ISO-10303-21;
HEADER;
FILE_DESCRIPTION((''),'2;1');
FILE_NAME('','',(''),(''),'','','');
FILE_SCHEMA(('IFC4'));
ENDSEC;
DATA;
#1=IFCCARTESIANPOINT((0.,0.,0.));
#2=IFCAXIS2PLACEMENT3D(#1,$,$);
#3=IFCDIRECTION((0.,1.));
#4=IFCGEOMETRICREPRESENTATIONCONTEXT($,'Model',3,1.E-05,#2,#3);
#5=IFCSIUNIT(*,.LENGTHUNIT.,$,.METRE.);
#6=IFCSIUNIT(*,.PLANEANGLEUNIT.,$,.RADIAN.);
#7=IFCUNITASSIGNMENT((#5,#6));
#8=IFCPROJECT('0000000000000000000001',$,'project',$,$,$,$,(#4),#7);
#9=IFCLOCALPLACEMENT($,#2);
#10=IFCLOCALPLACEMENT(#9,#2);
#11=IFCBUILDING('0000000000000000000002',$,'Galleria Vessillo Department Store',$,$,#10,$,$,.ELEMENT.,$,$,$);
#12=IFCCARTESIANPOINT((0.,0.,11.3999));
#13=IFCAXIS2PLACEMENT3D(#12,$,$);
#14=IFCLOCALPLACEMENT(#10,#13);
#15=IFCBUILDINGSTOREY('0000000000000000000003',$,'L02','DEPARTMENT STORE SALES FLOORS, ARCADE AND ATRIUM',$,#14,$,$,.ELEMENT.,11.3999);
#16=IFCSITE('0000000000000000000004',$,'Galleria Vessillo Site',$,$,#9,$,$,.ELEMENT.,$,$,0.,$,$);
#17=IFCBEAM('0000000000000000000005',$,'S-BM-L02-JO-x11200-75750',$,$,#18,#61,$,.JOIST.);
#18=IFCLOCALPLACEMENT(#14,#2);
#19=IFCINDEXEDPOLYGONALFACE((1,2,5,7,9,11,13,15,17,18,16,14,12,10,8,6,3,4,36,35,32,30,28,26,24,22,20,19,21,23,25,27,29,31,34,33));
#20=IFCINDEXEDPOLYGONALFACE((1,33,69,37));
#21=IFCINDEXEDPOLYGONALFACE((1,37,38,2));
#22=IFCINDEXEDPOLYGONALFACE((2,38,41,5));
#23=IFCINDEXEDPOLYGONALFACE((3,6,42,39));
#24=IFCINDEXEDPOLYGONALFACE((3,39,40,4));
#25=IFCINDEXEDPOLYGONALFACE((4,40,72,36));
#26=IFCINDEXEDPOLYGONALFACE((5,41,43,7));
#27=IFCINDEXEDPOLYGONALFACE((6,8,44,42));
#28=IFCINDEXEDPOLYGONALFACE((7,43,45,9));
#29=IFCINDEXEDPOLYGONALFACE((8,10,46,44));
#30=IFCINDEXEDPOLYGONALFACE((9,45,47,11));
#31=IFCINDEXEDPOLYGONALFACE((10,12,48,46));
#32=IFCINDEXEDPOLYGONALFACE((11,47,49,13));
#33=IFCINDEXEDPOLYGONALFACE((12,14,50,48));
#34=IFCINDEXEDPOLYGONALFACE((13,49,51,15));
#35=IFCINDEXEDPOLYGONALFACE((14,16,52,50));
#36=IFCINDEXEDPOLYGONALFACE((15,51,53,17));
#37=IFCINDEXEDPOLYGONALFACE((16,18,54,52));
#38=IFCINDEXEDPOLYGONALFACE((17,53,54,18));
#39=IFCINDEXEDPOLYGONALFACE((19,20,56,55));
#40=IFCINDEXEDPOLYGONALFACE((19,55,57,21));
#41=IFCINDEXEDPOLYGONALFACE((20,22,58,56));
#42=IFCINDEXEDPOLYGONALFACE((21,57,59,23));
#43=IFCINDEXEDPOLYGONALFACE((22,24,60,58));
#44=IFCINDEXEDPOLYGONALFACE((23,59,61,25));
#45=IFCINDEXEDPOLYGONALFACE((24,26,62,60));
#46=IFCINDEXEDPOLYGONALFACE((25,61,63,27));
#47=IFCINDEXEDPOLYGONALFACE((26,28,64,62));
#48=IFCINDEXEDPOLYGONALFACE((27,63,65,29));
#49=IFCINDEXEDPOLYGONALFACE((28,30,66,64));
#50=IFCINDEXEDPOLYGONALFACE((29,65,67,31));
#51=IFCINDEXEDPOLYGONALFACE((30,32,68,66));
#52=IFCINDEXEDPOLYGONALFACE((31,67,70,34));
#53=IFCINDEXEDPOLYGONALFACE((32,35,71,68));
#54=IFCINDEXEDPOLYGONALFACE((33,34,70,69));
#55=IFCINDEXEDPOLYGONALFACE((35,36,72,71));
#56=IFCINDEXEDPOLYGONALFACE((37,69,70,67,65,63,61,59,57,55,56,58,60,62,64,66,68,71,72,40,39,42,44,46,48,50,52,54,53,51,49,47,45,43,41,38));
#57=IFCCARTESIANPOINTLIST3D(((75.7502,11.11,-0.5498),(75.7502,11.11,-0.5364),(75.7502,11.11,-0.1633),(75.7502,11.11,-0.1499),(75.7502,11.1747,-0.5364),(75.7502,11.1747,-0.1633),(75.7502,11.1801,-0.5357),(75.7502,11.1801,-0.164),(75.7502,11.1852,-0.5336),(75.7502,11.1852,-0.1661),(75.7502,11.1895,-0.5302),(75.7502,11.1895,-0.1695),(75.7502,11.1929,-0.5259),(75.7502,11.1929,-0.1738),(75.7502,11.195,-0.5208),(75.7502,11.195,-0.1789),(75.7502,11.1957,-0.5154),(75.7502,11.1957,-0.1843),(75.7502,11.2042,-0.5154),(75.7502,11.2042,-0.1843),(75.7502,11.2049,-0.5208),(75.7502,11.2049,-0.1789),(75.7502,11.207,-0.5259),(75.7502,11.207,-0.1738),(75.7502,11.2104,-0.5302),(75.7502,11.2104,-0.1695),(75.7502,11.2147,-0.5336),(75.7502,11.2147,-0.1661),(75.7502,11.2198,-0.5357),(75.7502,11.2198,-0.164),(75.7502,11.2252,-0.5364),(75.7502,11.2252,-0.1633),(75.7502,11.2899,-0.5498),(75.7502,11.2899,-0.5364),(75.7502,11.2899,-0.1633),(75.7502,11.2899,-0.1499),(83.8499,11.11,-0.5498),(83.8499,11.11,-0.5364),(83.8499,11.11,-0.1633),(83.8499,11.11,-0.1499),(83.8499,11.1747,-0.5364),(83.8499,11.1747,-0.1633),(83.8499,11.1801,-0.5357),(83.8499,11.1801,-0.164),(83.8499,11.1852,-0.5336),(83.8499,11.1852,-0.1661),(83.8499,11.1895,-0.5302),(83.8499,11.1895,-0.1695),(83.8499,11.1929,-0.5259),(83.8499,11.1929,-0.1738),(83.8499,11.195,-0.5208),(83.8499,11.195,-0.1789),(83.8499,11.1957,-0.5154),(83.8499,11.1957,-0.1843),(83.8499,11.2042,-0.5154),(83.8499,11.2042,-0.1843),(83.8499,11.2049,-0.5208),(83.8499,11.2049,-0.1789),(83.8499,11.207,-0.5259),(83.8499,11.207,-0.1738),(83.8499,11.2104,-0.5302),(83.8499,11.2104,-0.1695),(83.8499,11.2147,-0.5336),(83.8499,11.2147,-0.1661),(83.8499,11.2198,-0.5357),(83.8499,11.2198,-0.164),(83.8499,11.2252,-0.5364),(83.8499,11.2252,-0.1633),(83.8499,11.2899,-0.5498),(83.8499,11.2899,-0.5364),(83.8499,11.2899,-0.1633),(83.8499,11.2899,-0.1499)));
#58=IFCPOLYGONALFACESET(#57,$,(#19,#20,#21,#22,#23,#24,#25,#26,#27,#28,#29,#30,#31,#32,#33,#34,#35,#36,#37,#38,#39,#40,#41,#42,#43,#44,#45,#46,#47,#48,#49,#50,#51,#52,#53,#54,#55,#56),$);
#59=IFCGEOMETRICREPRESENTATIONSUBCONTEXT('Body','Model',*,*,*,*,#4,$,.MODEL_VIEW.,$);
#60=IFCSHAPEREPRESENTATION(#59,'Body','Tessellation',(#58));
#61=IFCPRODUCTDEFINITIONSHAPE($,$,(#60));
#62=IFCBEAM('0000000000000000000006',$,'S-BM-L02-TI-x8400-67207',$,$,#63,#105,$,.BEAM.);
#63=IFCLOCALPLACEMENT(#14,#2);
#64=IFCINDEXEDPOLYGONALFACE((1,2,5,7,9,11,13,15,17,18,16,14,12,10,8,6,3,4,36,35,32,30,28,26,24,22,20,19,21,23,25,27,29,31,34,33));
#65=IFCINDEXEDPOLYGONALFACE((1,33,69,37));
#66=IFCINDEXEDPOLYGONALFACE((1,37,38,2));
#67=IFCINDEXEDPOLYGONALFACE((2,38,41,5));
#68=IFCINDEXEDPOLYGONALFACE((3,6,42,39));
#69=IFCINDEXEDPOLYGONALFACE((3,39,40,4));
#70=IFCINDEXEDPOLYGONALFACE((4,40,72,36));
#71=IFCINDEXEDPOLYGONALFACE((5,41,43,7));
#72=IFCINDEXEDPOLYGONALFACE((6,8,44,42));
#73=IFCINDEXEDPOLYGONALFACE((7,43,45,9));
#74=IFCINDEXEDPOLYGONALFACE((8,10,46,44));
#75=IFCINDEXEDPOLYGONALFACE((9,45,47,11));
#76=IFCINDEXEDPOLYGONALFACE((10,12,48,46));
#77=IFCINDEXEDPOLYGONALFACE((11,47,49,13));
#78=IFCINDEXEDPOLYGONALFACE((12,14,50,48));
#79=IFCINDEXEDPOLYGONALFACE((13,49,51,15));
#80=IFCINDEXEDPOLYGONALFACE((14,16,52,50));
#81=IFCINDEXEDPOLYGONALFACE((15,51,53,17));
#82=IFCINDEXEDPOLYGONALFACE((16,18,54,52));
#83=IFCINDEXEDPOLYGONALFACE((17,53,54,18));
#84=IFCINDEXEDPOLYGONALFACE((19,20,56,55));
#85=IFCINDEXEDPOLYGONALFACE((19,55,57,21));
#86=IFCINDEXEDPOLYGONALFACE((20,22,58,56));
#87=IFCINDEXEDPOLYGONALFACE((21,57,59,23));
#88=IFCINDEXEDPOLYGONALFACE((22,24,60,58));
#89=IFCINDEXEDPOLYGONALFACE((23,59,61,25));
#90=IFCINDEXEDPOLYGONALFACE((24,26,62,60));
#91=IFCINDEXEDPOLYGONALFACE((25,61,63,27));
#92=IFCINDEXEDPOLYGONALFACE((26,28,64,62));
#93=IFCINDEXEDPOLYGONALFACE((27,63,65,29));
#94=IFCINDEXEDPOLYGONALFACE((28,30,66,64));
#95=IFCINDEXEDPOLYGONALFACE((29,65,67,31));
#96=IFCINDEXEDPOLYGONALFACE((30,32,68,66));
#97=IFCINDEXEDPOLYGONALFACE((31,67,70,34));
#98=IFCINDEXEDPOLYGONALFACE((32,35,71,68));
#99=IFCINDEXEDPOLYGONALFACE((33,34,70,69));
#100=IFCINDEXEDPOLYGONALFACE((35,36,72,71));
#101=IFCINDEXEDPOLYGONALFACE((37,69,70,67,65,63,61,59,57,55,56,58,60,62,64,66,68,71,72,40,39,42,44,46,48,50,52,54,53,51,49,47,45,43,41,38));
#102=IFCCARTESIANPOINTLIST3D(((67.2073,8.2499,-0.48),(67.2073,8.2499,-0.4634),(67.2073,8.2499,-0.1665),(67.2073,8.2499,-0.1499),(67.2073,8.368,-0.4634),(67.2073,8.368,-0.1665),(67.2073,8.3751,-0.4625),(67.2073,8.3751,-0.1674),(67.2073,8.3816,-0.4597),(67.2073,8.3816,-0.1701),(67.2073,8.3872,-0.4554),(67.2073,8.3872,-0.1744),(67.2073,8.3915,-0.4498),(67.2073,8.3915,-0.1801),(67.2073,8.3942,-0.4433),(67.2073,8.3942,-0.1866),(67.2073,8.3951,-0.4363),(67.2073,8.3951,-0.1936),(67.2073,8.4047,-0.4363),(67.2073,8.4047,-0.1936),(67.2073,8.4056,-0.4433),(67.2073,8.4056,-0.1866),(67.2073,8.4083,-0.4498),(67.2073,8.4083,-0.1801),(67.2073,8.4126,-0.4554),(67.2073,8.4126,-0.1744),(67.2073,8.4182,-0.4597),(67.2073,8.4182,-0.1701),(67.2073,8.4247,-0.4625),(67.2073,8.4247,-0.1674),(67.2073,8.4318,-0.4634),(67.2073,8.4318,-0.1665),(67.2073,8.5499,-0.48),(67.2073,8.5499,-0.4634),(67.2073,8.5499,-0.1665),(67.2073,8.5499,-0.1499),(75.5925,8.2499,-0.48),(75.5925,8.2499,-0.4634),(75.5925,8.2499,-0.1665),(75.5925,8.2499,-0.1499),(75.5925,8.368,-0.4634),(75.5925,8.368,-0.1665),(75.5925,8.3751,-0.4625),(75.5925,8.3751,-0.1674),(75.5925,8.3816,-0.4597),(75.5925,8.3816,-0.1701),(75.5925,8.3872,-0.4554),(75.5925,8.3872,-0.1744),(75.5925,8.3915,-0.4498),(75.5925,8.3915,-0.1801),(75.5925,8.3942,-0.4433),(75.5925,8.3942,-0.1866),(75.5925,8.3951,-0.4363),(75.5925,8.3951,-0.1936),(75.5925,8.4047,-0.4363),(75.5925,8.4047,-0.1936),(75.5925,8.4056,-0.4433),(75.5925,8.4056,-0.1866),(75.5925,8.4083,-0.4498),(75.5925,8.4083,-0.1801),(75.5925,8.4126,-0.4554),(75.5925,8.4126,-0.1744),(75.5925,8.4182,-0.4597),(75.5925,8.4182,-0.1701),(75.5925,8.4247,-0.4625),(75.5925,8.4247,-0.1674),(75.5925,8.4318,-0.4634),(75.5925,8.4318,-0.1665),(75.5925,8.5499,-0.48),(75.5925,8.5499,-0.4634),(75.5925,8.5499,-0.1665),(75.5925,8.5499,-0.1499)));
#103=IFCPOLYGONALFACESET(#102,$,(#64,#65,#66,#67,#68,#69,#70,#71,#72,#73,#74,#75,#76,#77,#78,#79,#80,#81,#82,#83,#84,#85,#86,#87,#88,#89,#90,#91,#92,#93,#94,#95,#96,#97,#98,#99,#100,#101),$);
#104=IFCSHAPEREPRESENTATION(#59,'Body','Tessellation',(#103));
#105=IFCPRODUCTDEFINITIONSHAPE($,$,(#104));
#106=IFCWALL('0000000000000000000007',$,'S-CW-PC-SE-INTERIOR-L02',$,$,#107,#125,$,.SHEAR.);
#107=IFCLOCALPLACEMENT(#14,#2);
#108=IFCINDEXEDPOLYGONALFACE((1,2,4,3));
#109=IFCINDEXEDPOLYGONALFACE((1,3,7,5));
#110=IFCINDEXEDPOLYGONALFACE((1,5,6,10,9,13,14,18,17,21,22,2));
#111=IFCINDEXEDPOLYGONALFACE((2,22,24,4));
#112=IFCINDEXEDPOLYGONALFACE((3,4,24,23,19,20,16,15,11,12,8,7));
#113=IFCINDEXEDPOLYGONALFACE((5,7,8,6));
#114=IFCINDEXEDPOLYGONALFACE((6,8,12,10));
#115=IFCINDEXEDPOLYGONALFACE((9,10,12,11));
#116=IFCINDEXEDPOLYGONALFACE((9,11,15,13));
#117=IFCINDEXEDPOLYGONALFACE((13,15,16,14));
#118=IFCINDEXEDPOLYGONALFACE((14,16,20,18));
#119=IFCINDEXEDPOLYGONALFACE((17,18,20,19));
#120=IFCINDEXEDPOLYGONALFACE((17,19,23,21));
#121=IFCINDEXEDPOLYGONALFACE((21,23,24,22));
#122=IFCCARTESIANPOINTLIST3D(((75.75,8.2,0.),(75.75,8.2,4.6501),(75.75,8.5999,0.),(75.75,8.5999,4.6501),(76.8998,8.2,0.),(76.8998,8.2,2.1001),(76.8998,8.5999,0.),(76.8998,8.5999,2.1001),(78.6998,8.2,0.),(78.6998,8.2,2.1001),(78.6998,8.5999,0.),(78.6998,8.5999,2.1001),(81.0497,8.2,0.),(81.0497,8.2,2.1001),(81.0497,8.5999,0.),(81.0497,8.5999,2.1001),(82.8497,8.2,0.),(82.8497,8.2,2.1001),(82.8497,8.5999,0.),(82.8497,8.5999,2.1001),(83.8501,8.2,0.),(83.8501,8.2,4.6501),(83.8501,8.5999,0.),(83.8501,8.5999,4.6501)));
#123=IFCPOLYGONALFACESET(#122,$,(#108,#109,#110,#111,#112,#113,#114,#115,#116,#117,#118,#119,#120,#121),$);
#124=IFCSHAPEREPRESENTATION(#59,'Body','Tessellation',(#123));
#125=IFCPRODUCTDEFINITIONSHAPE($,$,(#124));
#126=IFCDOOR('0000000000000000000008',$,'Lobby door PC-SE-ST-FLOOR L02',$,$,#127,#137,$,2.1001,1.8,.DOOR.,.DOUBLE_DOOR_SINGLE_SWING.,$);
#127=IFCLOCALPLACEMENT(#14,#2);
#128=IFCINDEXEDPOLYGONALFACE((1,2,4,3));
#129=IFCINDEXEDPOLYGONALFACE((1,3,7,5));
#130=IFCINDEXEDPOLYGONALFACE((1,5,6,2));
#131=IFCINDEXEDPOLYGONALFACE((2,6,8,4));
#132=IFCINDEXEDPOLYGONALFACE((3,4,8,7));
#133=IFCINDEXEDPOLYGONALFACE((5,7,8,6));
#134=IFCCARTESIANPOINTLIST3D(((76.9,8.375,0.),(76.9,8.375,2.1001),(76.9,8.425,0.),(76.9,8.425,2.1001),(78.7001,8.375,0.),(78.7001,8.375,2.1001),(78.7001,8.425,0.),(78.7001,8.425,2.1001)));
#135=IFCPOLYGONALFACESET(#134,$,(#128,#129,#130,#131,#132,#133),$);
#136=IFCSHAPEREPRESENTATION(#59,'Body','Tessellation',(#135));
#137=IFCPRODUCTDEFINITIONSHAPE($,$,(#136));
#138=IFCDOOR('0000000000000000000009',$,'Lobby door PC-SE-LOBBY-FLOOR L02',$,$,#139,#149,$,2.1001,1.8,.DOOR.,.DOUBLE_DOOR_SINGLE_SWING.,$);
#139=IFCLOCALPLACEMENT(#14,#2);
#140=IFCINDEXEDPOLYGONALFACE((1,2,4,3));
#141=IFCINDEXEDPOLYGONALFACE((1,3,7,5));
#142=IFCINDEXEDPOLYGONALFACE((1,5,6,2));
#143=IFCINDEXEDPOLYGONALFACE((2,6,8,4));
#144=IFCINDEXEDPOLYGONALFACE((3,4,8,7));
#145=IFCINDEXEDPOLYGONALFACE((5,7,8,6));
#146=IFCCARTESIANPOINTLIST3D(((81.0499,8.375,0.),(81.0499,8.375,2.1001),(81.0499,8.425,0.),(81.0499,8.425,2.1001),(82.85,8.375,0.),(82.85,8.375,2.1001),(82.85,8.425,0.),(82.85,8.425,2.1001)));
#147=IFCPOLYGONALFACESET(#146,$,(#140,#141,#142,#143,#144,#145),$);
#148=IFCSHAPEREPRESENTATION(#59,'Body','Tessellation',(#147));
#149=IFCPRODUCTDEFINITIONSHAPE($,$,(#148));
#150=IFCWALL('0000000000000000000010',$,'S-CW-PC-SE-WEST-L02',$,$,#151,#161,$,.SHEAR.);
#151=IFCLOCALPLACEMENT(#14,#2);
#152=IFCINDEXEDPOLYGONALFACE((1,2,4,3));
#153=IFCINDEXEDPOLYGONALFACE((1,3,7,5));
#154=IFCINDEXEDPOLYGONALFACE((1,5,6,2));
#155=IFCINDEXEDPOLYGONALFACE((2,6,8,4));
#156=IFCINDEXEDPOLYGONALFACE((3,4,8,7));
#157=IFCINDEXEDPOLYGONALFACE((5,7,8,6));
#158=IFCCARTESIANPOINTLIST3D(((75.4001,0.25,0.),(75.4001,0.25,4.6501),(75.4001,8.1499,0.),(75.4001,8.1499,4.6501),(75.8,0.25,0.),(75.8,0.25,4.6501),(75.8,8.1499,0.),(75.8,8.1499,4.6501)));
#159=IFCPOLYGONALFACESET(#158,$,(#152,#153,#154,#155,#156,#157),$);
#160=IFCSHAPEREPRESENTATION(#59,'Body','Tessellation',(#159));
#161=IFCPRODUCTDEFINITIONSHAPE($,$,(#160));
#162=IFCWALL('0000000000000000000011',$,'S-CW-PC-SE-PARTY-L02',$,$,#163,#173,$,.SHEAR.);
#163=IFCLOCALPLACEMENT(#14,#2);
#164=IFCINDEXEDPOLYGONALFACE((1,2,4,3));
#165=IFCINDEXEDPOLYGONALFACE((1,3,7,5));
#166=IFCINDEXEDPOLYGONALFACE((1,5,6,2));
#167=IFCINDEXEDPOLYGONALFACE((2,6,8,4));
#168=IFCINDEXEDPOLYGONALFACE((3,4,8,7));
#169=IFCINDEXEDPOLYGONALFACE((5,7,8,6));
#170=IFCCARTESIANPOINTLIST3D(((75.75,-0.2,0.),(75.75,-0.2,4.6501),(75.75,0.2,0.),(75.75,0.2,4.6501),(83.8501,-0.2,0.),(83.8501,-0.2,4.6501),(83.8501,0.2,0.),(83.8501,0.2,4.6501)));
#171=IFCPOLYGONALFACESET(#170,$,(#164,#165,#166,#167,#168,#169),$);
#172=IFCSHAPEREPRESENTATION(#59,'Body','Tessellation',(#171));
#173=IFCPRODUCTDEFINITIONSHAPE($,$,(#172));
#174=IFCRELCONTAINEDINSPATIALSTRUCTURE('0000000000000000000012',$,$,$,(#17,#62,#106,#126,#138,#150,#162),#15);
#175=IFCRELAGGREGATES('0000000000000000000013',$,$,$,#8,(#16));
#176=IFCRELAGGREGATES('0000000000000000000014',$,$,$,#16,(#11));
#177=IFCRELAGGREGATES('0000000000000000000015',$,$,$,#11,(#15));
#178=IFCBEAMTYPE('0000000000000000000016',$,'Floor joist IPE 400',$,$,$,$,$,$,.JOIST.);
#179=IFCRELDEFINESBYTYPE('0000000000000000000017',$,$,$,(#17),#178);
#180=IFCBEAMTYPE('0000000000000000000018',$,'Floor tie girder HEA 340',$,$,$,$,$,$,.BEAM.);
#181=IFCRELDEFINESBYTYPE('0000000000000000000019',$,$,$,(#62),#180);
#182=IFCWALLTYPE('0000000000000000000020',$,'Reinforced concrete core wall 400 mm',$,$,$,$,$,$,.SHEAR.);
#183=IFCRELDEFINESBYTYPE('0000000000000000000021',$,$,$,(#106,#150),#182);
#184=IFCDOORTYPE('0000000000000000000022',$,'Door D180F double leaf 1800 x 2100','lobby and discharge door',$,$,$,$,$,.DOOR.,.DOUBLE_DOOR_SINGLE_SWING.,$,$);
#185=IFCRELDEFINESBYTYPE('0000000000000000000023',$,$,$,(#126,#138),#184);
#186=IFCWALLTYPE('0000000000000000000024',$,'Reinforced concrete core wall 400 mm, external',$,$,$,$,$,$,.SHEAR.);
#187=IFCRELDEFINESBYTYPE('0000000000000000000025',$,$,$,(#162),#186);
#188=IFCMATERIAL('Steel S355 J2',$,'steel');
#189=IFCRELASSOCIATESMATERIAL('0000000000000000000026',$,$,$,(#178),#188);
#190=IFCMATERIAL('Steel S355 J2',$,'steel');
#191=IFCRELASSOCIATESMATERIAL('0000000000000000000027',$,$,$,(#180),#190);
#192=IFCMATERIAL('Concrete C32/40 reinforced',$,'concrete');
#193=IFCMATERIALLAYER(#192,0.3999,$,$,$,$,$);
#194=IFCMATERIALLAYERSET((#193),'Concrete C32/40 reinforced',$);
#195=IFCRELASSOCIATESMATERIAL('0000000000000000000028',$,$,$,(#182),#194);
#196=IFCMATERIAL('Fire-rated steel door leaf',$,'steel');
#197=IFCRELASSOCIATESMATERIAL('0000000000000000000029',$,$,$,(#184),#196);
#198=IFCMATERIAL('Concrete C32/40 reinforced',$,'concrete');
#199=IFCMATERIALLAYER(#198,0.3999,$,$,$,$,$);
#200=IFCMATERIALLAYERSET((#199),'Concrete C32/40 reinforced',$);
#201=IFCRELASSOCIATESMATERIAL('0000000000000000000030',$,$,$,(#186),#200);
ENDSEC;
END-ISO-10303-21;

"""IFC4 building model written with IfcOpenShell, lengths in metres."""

from ifc_helpers import new_model, si_unit, direction, frame, frame_2d, origin, origin_2d, place, context, subcontext, project, spatial, rectangle, i_section, extrude, material, layer, layer_set, material_profile, profile_set, type_object, element, fill, save


model = new_model("IFC4")

# Units and contexts
model_context = context("Model", 3, precision=1e-05, world=origin(), true_north=direction((0.0, 1.0)))
body_context = subcontext(model_context, "Body", "Model", "MODEL_VIEW")
ifc_project = project(units=[si_unit("LENGTHUNIT", "METRE"), si_unit("PLANEANGLEUNIT", "RADIAN")], contexts=[model_context])

# Site, building, storey
site_placement = place(None, origin())
site = spatial("IfcSite", under=ifc_project, at=site_placement, Name="Galleria Vessillo Site", CompositionType="ELEMENT", RefElevation=0.0)
building_placement = place(site_placement, origin())
building = spatial("IfcBuilding", under=site, at=building_placement, Name="Galleria Vessillo Department Store", CompositionType="ELEMENT")
storey_placement = place(building_placement, frame((0.0, 0.0, 11.3999)))
storey = spatial("IfcBuildingStorey", under=building, at=storey_placement, Name="L02", Description="DEPARTMENT STORE SALES FLOORS, ARCADE AND ATRIUM", CompositionType="ELEMENT", Elevation=11.3999)

# Beams
ifc_material_1 = material(Name="Steel S355 J2", Category="steel")
ifc_material_profile_1 = material_profile(ifc_material_1, i_section(OverallWidth=0.1799, OverallDepth=0.3999, WebThickness=0.0085, FlangeThickness=0.0134, FilletRadius=0.021, at=origin_2d()), Name="IPE 400")
ifc_profile_set_1 = profile_set([ifc_material_profile_1], Name="Steel S355 J2")
beam_type_1 = type_object("IfcBeamType", Name="Floor joist IPE 400", PredefinedType="JOIST", material=ifc_profile_set_1)
beam_1_placement = place(storey_placement, frame((75.7502, 11.2, -0.3499), z_axis=(1.0, 0.0, 0.0), x_axis=(0.0, 1.0, 0.0)))
element("IfcBeam", 1, at=beam_1_placement, inside=storey, type_object=beam_type_1, Name="S-BM-L02-JO-x11200-75750", PredefinedType="JOIST", context=body_context, shape_type="SweptSolid", body=[
    extrude(i_section(OverallWidth=0.1799, OverallDepth=0.3999, WebThickness=0.0085, FlangeThickness=0.0134, FilletRadius=0.021, at=origin_2d()), origin(), (0.0, 0.0, 1.0), 8.0996),
])
ifc_material_2 = material(Name="Steel S355 J2", Category="steel")
ifc_material_profile_2 = material_profile(ifc_material_2, i_section(OverallWidth=0.3, OverallDepth=0.3301, WebThickness=0.0095, FlangeThickness=0.0166, FilletRadius=0.0271, at=origin_2d()), Name="HEA 340")
ifc_profile_set_2 = profile_set([ifc_material_profile_2], Name="Steel S355 J2")
beam_type_2 = type_object("IfcBeamType", Name="Floor tie girder HEA 340", PredefinedType="BEAM", material=ifc_profile_set_2)
beam_2_placement = place(storey_placement, frame((67.2073, 8.3999, -0.3149), z_axis=(1.0, 0.0, 0.0), x_axis=(0.0, 1.0, 0.0)))
element("IfcBeam", 2, at=beam_2_placement, inside=storey, type_object=beam_type_2, Name="S-BM-L02-TI-x8400-67207", PredefinedType="BEAM", context=body_context, shape_type="SweptSolid", body=[
    extrude(i_section(OverallWidth=0.3, OverallDepth=0.3301, WebThickness=0.0095, FlangeThickness=0.0166, FilletRadius=0.0271, at=origin_2d()), origin(), (0.0, 0.0, 1.0), 8.3853),
])

# Wall, openings, doors
ifc_material_3 = material(Name="Concrete C32/40 reinforced", Category="concrete")
ifc_layer_1 = layer(ifc_material_3, 0.3999)
ifc_layer_set_1 = layer_set([ifc_layer_1], Name="Concrete C32/40 reinforced")
wall_type_1 = type_object("IfcWallType", Name="Reinforced concrete core wall 400 mm", PredefinedType="SHEAR", material=ifc_layer_set_1)
wall_1_placement = place(storey_placement, frame((75.75, 8.3999, 0.0), z_axis=(0.0, 0.0, 1.0), x_axis=(1.0, 0.0, 0.0)))
wall_1 = element("IfcWall", 3, at=wall_1_placement, inside=storey, type_object=wall_type_1, Name="S-CW-PC-SE-INTERIOR-L02", PredefinedType="SHEAR", context=body_context, shape_type="SweptSolid", body=[
    extrude(rectangle(XDim=8.1001, YDim=0.3999, at=frame_2d((4.05, 0.0))), origin(), (0.0, 0.0, 1.0), 4.6501),
])
opening_1_placement = place(wall_1_placement, frame((1.1499, 0.0, 0.0)))
opening_1 = element("IfcOpeningElement", 4, at=opening_1_placement, cuts=wall_1, PredefinedType="OPENING", context=body_context, shape_type="SweptSolid", body=[
    extrude(rectangle(XDim=1.8, YDim=2.1001, at=frame_2d((0.8999, 1.05))), frame((0.0, 0.21, 0.0), z_axis=(0.0, -1.0, 0.0), x_axis=(1.0, 0.0, 0.0)), (0.0, 0.0, 1.0), 0.4199),
])
opening_2_placement = place(wall_1_placement, frame((5.2998, 0.0, 0.0)))
opening_2 = element("IfcOpeningElement", 5, at=opening_2_placement, cuts=wall_1, PredefinedType="OPENING", context=body_context, shape_type="SweptSolid", body=[
    extrude(rectangle(XDim=1.8, YDim=2.1001, at=frame_2d((0.8999, 1.05))), frame((0.0, 0.21, 0.0), z_axis=(0.0, -1.0, 0.0), x_axis=(1.0, 0.0, 0.0)), (0.0, 0.0, 1.0), 0.4199),
])
ifc_material_4 = material(Name="Fire-rated steel door leaf", Category="steel")
door_type_1 = type_object("IfcDoorType", Name="Door D180F double leaf 1800 x 2100", Description="lobby and discharge door", OperationType="DOUBLE_DOOR_SINGLE_SWING", PredefinedType="DOOR", material=ifc_material_4)
door_1_placement = place(opening_1_placement, frame((1.8, 0.0, 0.0), z_axis=(0.0, 0.0, 1.0), x_axis=(-1.0, 0.0, 0.0)))
door_1 = element("IfcDoor", 6, at=door_1_placement, inside=storey, type_object=door_type_1, Name="Lobby door PC-SE-ST-FLOOR L02", OperationType="DOUBLE_DOOR_SINGLE_SWING", OverallHeight=2.1001, OverallWidth=1.8, PredefinedType="DOOR", context=body_context, shape_type="SweptSolid", body=[
    extrude(rectangle(XDim=1.8, YDim=2.1001, at=frame_2d((0.8999, 1.05))), frame((0.0, 0.0249, 0.0), z_axis=(0.0, -1.0, 0.0), x_axis=(1.0, 0.0, 0.0)), (0.0, 0.0, 1.0), 0.05),
])
fill(opening_1, door_1)
door_2_placement = place(opening_2_placement, frame((1.8, 0.0, 0.0), z_axis=(0.0, 0.0, 1.0), x_axis=(-1.0, 0.0, 0.0)))
door_2 = element("IfcDoor", 7, at=door_2_placement, inside=storey, type_object=door_type_1, Name="Lobby door PC-SE-LOBBY-FLOOR L02", OperationType="DOUBLE_DOOR_SINGLE_SWING", OverallHeight=2.1001, OverallWidth=1.8, PredefinedType="DOOR", context=body_context, shape_type="SweptSolid", body=[
    extrude(rectangle(XDim=1.8, YDim=2.1001, at=frame_2d((0.8999, 1.05))), frame((0.0, 0.0249, 0.0), z_axis=(0.0, -1.0, 0.0), x_axis=(1.0, 0.0, 0.0)), (0.0, 0.0, 1.0), 0.05),
])
fill(opening_2, door_2)

# Walls
wall_2_placement = place(storey_placement, frame((75.6001, 0.25, 0.0), z_axis=(0.0, 0.0, 1.0), x_axis=(0.0, 1.0, 0.0)))
element("IfcWall", 8, at=wall_2_placement, inside=storey, type_object=wall_type_1, Name="S-CW-PC-SE-WEST-L02", PredefinedType="SHEAR", context=body_context, shape_type="SweptSolid", body=[
    extrude(rectangle(XDim=7.8999, YDim=0.3999, at=frame_2d((3.95, 0.0))), origin(), (0.0, 0.0, 1.0), 4.6501),
])
ifc_material_5 = material(Name="Concrete C32/40 reinforced", Category="concrete")
ifc_layer_2 = layer(ifc_material_5, 0.3999)
ifc_layer_set_2 = layer_set([ifc_layer_2], Name="Concrete C32/40 reinforced")
wall_type_2 = type_object("IfcWallType", Name="Reinforced concrete core wall 400 mm, external", PredefinedType="SHEAR", material=ifc_layer_set_2)
wall_3_placement = place(storey_placement, frame((75.75, 0.0, 0.0), z_axis=(0.0, 0.0, 1.0), x_axis=(1.0, 0.0, 0.0)))
element("IfcWall", 9, at=wall_3_placement, inside=storey, type_object=wall_type_2, Name="S-CW-PC-SE-PARTY-L02", PredefinedType="SHEAR", context=body_context, shape_type="SweptSolid", body=[
    extrude(rectangle(XDim=8.1001, YDim=0.3999, at=frame_2d((4.05, 0.0))), origin(), (0.0, 0.0, 1.0), 4.6501),
])

save(model, "model.ifc")
